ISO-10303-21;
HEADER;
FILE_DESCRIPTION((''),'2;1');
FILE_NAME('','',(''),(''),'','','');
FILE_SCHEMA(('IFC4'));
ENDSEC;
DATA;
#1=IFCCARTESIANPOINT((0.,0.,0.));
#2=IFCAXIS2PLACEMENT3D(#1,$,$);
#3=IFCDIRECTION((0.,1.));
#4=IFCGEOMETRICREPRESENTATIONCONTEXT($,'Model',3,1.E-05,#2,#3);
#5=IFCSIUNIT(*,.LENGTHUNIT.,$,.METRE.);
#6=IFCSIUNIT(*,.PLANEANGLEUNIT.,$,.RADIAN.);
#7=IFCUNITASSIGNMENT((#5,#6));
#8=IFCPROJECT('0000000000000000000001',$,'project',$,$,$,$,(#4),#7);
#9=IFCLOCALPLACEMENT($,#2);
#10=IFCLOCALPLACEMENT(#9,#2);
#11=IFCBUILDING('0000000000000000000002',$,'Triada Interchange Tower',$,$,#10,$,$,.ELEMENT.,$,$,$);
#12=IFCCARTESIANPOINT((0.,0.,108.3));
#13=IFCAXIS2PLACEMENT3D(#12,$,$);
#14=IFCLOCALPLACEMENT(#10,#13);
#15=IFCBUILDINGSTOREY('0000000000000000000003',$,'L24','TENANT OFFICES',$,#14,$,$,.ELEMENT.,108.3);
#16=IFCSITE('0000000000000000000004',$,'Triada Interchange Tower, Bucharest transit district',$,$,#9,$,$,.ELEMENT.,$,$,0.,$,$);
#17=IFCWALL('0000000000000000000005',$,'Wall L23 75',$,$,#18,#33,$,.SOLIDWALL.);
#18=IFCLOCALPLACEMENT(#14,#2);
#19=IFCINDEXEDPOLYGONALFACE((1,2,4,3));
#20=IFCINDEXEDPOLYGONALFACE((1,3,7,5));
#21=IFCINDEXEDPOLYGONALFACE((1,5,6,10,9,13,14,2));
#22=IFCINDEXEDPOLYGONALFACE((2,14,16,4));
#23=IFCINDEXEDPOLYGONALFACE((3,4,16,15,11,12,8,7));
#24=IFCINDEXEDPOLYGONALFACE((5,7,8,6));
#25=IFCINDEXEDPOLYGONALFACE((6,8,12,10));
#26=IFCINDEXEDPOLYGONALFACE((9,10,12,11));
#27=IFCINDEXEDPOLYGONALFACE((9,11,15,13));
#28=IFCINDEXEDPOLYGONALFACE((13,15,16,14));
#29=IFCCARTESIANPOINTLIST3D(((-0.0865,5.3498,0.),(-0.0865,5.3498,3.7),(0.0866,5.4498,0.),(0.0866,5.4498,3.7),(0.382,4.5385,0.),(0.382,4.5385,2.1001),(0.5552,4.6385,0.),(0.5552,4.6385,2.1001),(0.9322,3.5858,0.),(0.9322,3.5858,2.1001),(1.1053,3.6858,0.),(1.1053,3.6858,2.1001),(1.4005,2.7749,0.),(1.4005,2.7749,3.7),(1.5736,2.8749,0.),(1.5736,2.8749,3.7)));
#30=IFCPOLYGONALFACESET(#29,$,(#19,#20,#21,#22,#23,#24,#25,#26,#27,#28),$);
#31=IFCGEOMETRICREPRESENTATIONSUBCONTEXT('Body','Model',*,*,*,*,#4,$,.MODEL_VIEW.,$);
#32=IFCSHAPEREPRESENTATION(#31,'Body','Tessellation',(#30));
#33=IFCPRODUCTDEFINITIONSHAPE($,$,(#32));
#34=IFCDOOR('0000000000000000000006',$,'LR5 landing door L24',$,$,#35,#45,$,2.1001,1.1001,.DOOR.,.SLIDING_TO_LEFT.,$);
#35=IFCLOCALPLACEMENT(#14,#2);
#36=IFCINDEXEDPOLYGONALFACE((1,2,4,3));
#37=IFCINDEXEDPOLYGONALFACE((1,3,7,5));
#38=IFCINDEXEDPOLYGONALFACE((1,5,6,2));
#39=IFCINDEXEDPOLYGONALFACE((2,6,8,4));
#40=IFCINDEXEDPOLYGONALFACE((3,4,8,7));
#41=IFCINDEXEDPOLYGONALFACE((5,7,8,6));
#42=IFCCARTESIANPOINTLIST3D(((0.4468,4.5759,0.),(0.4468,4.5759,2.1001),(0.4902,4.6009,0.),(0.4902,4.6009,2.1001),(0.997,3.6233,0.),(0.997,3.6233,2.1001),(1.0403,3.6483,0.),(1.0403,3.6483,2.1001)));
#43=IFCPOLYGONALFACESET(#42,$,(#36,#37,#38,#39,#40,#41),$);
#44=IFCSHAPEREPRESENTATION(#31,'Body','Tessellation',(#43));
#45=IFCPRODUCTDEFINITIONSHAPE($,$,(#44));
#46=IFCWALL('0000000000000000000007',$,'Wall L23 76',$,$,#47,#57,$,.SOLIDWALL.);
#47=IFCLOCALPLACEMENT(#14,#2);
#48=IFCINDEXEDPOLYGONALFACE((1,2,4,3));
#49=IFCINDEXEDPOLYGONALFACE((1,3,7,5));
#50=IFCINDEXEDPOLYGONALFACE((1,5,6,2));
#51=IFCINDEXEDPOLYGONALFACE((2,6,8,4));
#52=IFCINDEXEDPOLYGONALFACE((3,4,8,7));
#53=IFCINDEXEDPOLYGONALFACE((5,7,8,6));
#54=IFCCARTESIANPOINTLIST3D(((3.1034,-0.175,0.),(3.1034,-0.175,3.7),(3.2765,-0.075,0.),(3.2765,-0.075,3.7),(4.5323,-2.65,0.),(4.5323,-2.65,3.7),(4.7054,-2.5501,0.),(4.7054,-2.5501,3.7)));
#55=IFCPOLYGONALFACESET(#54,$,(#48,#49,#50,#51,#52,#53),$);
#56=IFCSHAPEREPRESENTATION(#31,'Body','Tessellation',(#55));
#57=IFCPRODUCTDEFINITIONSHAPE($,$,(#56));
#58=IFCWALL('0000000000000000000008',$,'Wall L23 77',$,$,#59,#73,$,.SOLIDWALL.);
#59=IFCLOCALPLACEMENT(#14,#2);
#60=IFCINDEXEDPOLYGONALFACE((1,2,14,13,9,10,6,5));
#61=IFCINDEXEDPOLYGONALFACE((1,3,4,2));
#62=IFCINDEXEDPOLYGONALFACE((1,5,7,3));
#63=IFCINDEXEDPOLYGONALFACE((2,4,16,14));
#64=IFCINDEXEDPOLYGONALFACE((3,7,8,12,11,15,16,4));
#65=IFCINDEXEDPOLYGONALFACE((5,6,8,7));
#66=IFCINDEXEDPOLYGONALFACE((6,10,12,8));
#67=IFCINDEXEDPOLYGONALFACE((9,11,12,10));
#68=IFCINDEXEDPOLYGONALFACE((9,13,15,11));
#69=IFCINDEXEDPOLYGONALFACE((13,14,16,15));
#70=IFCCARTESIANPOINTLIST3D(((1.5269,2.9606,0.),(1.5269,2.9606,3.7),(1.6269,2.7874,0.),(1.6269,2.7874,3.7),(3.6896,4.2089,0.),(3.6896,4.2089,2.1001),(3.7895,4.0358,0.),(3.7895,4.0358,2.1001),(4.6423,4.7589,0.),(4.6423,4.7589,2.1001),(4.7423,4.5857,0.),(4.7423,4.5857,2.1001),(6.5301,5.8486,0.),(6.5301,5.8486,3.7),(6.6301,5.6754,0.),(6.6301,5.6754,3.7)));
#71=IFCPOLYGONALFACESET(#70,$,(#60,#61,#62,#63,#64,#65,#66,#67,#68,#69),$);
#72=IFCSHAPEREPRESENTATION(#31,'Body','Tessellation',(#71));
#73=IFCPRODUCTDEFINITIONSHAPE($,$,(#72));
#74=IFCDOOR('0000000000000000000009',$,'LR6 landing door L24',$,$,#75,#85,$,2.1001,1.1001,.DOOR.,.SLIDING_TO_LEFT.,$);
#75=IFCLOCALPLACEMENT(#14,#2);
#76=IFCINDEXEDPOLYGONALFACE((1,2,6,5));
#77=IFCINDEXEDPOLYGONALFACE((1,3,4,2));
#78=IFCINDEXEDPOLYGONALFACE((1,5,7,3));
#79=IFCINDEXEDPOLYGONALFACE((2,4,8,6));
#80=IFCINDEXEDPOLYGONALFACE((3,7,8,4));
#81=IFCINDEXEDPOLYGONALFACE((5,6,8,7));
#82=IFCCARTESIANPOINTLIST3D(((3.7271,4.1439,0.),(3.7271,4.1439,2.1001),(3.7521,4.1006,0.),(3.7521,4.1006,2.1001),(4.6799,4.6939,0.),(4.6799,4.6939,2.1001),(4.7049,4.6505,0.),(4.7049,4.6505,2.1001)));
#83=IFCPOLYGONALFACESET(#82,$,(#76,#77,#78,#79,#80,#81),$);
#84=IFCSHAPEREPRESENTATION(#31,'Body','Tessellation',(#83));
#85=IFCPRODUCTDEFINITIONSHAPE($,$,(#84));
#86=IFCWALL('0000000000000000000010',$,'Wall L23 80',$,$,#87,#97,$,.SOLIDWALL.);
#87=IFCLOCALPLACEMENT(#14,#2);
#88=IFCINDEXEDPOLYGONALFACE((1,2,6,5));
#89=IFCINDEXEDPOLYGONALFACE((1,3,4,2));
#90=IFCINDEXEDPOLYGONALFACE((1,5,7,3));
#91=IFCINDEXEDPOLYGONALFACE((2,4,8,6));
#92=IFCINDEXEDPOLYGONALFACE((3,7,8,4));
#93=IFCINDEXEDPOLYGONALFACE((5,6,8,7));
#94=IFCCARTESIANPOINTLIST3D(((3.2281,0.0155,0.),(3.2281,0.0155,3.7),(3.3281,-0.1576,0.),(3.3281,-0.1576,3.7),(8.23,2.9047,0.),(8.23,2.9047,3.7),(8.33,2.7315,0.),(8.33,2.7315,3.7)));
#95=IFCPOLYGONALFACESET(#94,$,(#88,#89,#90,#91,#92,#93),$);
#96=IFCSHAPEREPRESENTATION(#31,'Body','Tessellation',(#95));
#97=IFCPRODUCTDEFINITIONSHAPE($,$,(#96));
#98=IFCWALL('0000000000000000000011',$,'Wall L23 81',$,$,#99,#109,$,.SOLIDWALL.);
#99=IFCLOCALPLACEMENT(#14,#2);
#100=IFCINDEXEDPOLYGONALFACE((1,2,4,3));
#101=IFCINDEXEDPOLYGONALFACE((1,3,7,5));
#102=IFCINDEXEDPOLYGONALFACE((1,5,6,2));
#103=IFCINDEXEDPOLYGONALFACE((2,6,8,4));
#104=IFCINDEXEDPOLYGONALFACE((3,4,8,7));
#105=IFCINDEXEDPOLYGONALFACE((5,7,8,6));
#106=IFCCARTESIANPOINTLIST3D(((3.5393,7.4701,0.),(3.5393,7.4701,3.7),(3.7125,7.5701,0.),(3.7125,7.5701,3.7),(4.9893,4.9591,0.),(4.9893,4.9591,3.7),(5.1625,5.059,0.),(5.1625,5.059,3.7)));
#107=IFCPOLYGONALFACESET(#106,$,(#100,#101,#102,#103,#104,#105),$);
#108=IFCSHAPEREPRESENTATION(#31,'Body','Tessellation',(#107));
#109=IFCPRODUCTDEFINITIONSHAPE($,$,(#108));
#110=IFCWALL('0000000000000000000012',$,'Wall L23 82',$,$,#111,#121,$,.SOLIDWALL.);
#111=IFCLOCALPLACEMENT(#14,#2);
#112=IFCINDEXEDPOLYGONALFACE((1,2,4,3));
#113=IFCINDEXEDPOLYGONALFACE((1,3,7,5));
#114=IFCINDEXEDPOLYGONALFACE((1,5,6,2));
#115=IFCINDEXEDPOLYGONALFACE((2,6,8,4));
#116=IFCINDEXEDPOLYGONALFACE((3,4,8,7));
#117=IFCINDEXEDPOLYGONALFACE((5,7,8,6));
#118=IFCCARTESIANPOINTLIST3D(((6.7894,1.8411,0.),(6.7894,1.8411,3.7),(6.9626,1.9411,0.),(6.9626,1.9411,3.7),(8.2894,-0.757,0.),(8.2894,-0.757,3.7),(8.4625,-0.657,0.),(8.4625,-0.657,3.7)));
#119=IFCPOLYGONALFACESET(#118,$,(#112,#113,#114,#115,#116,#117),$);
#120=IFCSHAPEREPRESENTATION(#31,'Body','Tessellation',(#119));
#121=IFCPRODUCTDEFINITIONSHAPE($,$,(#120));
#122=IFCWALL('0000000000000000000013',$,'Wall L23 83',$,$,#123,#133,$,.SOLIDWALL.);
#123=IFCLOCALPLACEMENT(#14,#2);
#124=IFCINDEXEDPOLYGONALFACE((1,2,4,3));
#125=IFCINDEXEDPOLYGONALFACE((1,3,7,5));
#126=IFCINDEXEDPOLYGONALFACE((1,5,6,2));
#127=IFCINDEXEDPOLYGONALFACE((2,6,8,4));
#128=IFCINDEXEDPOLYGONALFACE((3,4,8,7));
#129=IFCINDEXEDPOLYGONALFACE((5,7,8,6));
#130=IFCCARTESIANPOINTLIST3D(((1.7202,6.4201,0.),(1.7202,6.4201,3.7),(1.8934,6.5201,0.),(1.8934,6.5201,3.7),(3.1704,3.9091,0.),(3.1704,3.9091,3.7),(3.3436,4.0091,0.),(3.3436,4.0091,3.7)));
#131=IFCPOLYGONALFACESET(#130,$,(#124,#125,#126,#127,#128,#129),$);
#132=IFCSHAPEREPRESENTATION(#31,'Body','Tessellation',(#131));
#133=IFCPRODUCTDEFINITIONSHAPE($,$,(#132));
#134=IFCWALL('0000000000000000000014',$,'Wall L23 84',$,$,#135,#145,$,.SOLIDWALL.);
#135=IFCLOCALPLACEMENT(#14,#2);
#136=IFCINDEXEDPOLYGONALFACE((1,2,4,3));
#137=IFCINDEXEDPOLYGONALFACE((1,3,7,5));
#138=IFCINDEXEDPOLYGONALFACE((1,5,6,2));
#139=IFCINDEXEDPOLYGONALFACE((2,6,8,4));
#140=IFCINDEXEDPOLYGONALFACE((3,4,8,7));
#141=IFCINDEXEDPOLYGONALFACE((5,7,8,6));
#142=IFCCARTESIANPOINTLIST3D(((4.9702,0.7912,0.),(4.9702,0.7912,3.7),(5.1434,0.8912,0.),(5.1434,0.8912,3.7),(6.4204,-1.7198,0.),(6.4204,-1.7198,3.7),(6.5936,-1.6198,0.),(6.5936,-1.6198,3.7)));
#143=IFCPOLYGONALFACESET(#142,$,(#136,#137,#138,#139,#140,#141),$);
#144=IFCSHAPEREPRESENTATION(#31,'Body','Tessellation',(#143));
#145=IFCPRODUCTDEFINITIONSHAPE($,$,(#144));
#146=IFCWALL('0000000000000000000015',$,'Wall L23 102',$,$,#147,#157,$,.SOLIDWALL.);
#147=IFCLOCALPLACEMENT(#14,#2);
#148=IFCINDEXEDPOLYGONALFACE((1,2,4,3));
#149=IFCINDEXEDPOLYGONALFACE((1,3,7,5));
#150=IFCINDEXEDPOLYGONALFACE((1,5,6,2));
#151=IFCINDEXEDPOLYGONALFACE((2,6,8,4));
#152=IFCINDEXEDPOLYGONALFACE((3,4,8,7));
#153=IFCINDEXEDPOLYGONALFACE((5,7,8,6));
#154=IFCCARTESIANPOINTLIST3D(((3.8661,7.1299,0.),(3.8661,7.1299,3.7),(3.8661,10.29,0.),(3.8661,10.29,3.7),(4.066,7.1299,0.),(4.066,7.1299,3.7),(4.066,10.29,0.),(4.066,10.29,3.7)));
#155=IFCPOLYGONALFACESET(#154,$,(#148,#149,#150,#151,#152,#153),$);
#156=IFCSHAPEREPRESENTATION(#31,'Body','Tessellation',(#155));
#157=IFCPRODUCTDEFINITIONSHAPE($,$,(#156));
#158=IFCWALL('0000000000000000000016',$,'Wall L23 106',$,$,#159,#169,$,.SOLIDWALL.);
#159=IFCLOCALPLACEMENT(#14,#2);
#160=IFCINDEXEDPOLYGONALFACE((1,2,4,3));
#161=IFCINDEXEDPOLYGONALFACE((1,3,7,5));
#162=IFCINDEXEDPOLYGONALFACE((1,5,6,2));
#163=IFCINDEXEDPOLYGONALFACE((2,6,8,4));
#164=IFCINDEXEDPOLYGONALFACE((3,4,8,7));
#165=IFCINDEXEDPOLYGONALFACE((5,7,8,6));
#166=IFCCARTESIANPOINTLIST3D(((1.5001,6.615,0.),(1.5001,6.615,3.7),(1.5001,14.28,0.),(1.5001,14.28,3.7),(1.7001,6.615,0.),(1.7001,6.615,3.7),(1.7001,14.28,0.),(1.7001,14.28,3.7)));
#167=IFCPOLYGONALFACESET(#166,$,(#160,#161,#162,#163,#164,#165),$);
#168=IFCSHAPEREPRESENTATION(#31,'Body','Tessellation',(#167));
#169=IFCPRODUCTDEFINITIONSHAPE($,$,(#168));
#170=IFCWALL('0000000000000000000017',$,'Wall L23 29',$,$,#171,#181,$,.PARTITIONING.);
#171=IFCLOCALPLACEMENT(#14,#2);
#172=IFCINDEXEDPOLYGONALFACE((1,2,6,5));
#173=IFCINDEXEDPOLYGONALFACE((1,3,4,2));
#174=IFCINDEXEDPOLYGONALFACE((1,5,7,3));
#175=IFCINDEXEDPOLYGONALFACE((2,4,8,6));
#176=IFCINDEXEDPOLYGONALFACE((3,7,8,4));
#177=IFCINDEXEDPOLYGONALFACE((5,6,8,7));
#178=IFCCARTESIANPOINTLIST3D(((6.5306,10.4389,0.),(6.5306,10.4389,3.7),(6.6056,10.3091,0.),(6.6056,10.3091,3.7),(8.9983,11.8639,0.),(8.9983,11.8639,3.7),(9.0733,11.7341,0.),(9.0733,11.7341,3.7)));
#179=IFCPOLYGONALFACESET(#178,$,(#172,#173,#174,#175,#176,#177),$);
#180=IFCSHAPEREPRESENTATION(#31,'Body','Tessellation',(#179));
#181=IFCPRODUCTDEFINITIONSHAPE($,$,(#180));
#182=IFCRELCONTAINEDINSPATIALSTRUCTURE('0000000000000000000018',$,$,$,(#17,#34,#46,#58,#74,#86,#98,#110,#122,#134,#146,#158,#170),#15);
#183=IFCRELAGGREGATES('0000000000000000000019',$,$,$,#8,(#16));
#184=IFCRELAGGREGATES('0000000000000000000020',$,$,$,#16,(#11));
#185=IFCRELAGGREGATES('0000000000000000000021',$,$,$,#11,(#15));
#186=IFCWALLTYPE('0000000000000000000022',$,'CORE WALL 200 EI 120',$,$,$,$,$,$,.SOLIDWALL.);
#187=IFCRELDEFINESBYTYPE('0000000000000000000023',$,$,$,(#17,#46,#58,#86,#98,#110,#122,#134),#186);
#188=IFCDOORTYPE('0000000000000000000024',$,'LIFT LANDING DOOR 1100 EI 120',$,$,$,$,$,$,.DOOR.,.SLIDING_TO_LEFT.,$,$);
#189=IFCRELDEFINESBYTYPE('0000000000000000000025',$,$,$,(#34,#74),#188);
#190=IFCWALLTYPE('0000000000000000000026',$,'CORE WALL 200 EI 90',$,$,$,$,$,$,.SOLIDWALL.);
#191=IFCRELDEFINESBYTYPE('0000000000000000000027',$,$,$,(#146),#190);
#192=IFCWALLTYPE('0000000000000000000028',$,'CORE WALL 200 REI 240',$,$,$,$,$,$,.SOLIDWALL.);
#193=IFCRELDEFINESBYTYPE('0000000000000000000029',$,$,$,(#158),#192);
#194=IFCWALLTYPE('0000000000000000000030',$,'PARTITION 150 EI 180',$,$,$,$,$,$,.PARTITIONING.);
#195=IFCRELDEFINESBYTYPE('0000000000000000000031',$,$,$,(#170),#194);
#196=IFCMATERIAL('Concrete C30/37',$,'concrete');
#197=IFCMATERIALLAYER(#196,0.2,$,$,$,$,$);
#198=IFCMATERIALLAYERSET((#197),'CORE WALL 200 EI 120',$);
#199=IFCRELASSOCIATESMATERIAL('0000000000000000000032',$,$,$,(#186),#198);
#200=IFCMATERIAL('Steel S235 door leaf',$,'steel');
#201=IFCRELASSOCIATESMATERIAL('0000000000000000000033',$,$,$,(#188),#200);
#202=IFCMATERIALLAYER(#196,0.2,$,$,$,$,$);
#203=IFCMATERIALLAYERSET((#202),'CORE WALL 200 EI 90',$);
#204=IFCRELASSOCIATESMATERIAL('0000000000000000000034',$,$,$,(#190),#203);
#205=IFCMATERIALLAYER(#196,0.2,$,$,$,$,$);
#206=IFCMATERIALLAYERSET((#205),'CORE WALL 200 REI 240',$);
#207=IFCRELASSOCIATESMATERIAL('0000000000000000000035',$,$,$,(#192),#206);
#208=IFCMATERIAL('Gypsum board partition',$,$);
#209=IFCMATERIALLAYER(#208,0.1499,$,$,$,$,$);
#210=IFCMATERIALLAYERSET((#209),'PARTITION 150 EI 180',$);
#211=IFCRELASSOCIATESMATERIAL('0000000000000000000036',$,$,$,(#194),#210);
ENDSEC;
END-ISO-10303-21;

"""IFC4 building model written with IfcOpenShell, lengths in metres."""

from ifc_helpers import new_model, si_unit, direction, frame, frame_2d, origin, place, context, subcontext, project, spatial, rectangle, extrude, material, layer, layer_set, type_object, element, fill, save


model = new_model("IFC4")

# Units and contexts
model_context = context("Model", 3, precision=1e-05, world=origin(), true_north=direction((0.0, 1.0)))
body_context = subcontext(model_context, "Body", "Model", "MODEL_VIEW")
ifc_project = project(units=[si_unit("LENGTHUNIT", "METRE"), si_unit("PLANEANGLEUNIT", "RADIAN")], contexts=[model_context])

# Site, building, storey
site_placement = place(None, origin())
site = spatial("IfcSite", under=ifc_project, at=site_placement, Name="Triada Interchange Tower, Bucharest transit district", CompositionType="ELEMENT", RefElevation=0.0)
building_placement = place(site_placement, origin())
building = spatial("IfcBuilding", under=site, at=building_placement, Name="Triada Interchange Tower", CompositionType="ELEMENT")
storey_placement = place(building_placement, frame((0.0, 0.0, 108.3)))
storey = spatial("IfcBuildingStorey", under=building, at=storey_placement, Name="L24", Description="TENANT OFFICES", CompositionType="ELEMENT", Elevation=108.3)

# Wall, opening, door
ifc_material_1 = material(Name="Concrete C30/37", Category="concrete")
ifc_layer_1 = layer(ifc_material_1, 0.2)
ifc_layer_set_1 = layer_set([ifc_layer_1], Name="CORE WALL 200 EI 120")
wall_type_1 = type_object("IfcWallType", Name="CORE WALL 200 EI 120", PredefinedType="SOLIDWALL", material=ifc_layer_set_1)
wall_1_placement = place(storey_placement, frame((0.0, 5.3999, 0.0), z_axis=(0.0, 0.0, 1.0), x_axis=(0.500104, -0.865965, 0.0)))
wall_1 = element("IfcWall", 1, at=wall_1_placement, inside=storey, type_object=wall_type_1, Name="Wall L23 75", PredefinedType="SOLIDWALL", context=body_context, shape_type="SweptSolid", body=[
    extrude(rectangle(XDim=2.9734, YDim=0.2, at=frame_2d((1.4868, 0.0))), origin(), (0.0, 0.0, 1.0), 3.7),
])
opening_1_placement = place(wall_1_placement, frame((0.937, 0.0, 0.0)))
opening_1 = element("IfcOpeningElement", 2, at=opening_1_placement, cuts=wall_1, PredefinedType="OPENING", context=body_context, shape_type="SweptSolid", body=[
    extrude(rectangle(XDim=1.1001, YDim=2.1001, at=frame_2d((0.55, 1.05))), frame((0.0, 0.1099, 0.0), z_axis=(0.0, -1.0, 0.0), x_axis=(1.0, 0.0, 0.0)), (0.0, 0.0, 1.0), 0.22),
])
ifc_material_2 = material(Name="Steel S235 door leaf", Category="steel")
door_type = type_object("IfcDoorType", Name="LIFT LANDING DOOR 1100 EI 120", OperationType="SLIDING_TO_LEFT", PredefinedType="DOOR", material=ifc_material_2)
door_1_placement = place(opening_1_placement, origin())
door_1 = element("IfcDoor", 3, at=door_1_placement, inside=storey, type_object=door_type, Name="LR5 landing door L24", OperationType="SLIDING_TO_LEFT", OverallHeight=2.1001, OverallWidth=1.1001, PredefinedType="DOOR", context=body_context, shape_type="SweptSolid", body=[
    extrude(rectangle(XDim=1.1001, YDim=2.1001, at=frame_2d((0.55, 1.05))), frame((0.0, 0.0249, 0.0), z_axis=(0.0, -1.0, 0.0), x_axis=(1.0, 0.0, 0.0)), (0.0, 0.0, 1.0), 0.05),
])
fill(opening_1, door_1)

# Wall
wall_2_placement = place(storey_placement, frame((3.1899, -0.125, 0.0), z_axis=(0.0, 0.0, 1.0), x_axis=(0.499989, -0.866032, 0.0)))
element("IfcWall", 4, at=wall_2_placement, inside=storey, type_object=wall_type_1, Name="Wall L23 76", PredefinedType="SOLIDWALL", context=body_context, shape_type="SweptSolid", body=[
    extrude(rectangle(XDim=2.8579, YDim=0.2, at=frame_2d((1.429, 0.0))), origin(), (0.0, 0.0, 1.0), 3.7),
])

# Wall, opening, door
wall_3_placement = place(storey_placement, frame((1.5769, 2.874, 0.0), z_axis=(0.0, 0.0, 1.0), x_axis=(0.866074, 0.499916, 0.0)))
wall_3 = element("IfcWall", 5, at=wall_3_placement, inside=storey, type_object=wall_type_1, Name="Wall L23 77", PredefinedType="SOLIDWALL", context=body_context, shape_type="SweptSolid", body=[
    extrude(rectangle(XDim=5.7769, YDim=0.2, at=frame_2d((2.8884, 0.0))), origin(), (0.0, 0.0, 1.0), 3.7),
])
opening_2_placement = place(wall_3_placement, frame((2.4971, 0.0, 0.0)))
opening_2 = element("IfcOpeningElement", 6, at=opening_2_placement, cuts=wall_3, PredefinedType="OPENING", context=body_context, shape_type="SweptSolid", body=[
    extrude(rectangle(XDim=1.1001, YDim=2.1001, at=frame_2d((0.55, 1.05))), frame((0.0, 0.1099, 0.0), z_axis=(0.0, -1.0, 0.0), x_axis=(1.0, 0.0, 0.0)), (0.0, 0.0, 1.0), 0.22),
])
door_2_placement = place(opening_2_placement, origin())
door_2 = element("IfcDoor", 7, at=door_2_placement, inside=storey, type_object=door_type, Name="LR6 landing door L24", OperationType="SLIDING_TO_LEFT", OverallHeight=2.1001, OverallWidth=1.1001, PredefinedType="DOOR", context=body_context, shape_type="SweptSolid", body=[
    extrude(rectangle(XDim=1.1001, YDim=2.1001, at=frame_2d((0.55, 1.05))), frame((0.0, 0.0249, 0.0), z_axis=(0.0, -1.0, 0.0), x_axis=(1.0, 0.0, 0.0)), (0.0, 0.0, 1.0), 0.05),
])
fill(opening_2, door_2)

# Walls
wall_4_placement = place(storey_placement, frame((3.2781, -0.071, 0.0), z_axis=(0.0, 0.0, 1.0), x_axis=(0.865929, 0.500166, 0.0)))
element("IfcWall", 8, at=wall_4_placement, inside=storey, type_object=wall_type_1, Name="Wall L23 80", PredefinedType="SOLIDWALL", context=body_context, shape_type="SweptSolid", body=[
    extrude(rectangle(XDim=5.7764, YDim=0.2, at=frame_2d((2.8882, 0.0))), origin(), (0.0, 0.0, 1.0), 3.7),
])
wall_5_placement = place(storey_placement, frame((3.626, 7.52, 0.0), z_axis=(0.0, 0.0, 1.0), x_axis=(0.50006, -0.865991, 0.0)))
element("IfcWall", 9, at=wall_5_placement, inside=storey, type_object=wall_type_1, Name="Wall L23 81", PredefinedType="SOLIDWALL", context=body_context, shape_type="SweptSolid", body=[
    extrude(rectangle(XDim=2.8997, YDim=0.2, at=frame_2d((1.4497, 0.0))), origin(), (0.0, 0.0, 1.0), 3.7),
])
wall_6_placement = place(storey_placement, frame((6.876, 1.8911, 0.0), z_axis=(0.0, 0.0, 1.0), x_axis=(0.49999, -0.866031, 0.0)))
element("IfcWall", 10, at=wall_6_placement, inside=storey, type_object=wall_type_1, Name="Wall L23 82", PredefinedType="SOLIDWALL", context=body_context, shape_type="SweptSolid", body=[
    extrude(rectangle(XDim=3.0, YDim=0.2, at=frame_2d((1.5, 0.0))), origin(), (0.0, 0.0, 1.0), 3.7),
])
for number, where, z_axis, x_axis, name in (
    (11, (1.8069, 6.47, 0.0), (0.0, 0.0, 1.0), (0.500123, -0.865954, 0.0), "Wall L23 83"),
    (12, (5.0569, 0.8411, 0.0), (0.0, 0.0, 1.0), (0.500123, -0.865954, 0.0), "Wall L23 84"),
):
    element("IfcWall", number, at=place(storey_placement, frame(where, z_axis=z_axis, x_axis=x_axis)), inside=storey, type_object=wall_type_1, Name=name, PredefinedType="SOLIDWALL", context=body_context, shape_type="SweptSolid", body=[
        extrude(rectangle(XDim=2.8997, YDim=0.2, at=frame_2d((1.4497, 0.0))), origin(), (0.0, 0.0, 1.0), 3.7),
    ])
ifc_layer_2 = layer(ifc_material_1, 0.2)
ifc_layer_set_2 = layer_set([ifc_layer_2], Name="CORE WALL 200 EI 90")
wall_type_2 = type_object("IfcWallType", Name="CORE WALL 200 EI 90", PredefinedType="SOLIDWALL", material=ifc_layer_set_2)
wall_7_placement = place(storey_placement, frame((3.9661, 7.1299, 0.0), z_axis=(0.0, 0.0, 1.0), x_axis=(0.0, 1.0, 0.0)))
element("IfcWall", 13, at=wall_7_placement, inside=storey, type_object=wall_type_2, Name="Wall L23 102", PredefinedType="SOLIDWALL", context=body_context, shape_type="SweptSolid", body=[
    extrude(rectangle(XDim=3.1602, YDim=0.2, at=frame_2d((1.5801, 0.0))), origin(), (0.0, 0.0, 1.0), 3.7),
])
ifc_layer_3 = layer(ifc_material_1, 0.2)
ifc_layer_set_3 = layer_set([ifc_layer_3], Name="CORE WALL 200 REI 240")
wall_type_3 = type_object("IfcWallType", Name="CORE WALL 200 REI 240", PredefinedType="SOLIDWALL", material=ifc_layer_set_3)
wall_8_placement = place(storey_placement, frame((1.6001, 6.615, 0.0), z_axis=(0.0, 0.0, 1.0), x_axis=(0.0, 1.0, 0.0)))
element("IfcWall", 14, at=wall_8_placement, inside=storey, type_object=wall_type_3, Name="Wall L23 106", PredefinedType="SOLIDWALL", context=body_context, shape_type="SweptSolid", body=[
    extrude(rectangle(XDim=7.665, YDim=0.2, at=frame_2d((3.8325, 0.0))), origin(), (0.0, 0.0, 1.0), 3.7),
])
ifc_material_3 = material(Name="Gypsum board partition")
ifc_layer_4 = layer(ifc_material_3, 0.1499)
ifc_layer_set_4 = layer_set([ifc_layer_4], Name="PARTITION 150 EI 180")
wall_type_4 = type_object("IfcWallType", Name="PARTITION 150 EI 180", PredefinedType="PARTITIONING", material=ifc_layer_set_4)
wall_9_placement = place(storey_placement, frame((6.5681, 10.374, 0.0), z_axis=(0.0, 0.0, 1.0), x_axis=(0.865983, 0.500073, 0.0)))
element("IfcWall", 15, at=wall_9_placement, inside=storey, type_object=wall_type_4, Name="Wall L23 29", PredefinedType="PARTITIONING", context=body_context, shape_type="SweptSolid", body=[
    extrude(rectangle(XDim=2.8496, YDim=0.1499, at=frame_2d((1.4248, 0.0))), origin(), (0.0, 0.0, 1.0), 3.7),
])

save(model, "model.ifc")
